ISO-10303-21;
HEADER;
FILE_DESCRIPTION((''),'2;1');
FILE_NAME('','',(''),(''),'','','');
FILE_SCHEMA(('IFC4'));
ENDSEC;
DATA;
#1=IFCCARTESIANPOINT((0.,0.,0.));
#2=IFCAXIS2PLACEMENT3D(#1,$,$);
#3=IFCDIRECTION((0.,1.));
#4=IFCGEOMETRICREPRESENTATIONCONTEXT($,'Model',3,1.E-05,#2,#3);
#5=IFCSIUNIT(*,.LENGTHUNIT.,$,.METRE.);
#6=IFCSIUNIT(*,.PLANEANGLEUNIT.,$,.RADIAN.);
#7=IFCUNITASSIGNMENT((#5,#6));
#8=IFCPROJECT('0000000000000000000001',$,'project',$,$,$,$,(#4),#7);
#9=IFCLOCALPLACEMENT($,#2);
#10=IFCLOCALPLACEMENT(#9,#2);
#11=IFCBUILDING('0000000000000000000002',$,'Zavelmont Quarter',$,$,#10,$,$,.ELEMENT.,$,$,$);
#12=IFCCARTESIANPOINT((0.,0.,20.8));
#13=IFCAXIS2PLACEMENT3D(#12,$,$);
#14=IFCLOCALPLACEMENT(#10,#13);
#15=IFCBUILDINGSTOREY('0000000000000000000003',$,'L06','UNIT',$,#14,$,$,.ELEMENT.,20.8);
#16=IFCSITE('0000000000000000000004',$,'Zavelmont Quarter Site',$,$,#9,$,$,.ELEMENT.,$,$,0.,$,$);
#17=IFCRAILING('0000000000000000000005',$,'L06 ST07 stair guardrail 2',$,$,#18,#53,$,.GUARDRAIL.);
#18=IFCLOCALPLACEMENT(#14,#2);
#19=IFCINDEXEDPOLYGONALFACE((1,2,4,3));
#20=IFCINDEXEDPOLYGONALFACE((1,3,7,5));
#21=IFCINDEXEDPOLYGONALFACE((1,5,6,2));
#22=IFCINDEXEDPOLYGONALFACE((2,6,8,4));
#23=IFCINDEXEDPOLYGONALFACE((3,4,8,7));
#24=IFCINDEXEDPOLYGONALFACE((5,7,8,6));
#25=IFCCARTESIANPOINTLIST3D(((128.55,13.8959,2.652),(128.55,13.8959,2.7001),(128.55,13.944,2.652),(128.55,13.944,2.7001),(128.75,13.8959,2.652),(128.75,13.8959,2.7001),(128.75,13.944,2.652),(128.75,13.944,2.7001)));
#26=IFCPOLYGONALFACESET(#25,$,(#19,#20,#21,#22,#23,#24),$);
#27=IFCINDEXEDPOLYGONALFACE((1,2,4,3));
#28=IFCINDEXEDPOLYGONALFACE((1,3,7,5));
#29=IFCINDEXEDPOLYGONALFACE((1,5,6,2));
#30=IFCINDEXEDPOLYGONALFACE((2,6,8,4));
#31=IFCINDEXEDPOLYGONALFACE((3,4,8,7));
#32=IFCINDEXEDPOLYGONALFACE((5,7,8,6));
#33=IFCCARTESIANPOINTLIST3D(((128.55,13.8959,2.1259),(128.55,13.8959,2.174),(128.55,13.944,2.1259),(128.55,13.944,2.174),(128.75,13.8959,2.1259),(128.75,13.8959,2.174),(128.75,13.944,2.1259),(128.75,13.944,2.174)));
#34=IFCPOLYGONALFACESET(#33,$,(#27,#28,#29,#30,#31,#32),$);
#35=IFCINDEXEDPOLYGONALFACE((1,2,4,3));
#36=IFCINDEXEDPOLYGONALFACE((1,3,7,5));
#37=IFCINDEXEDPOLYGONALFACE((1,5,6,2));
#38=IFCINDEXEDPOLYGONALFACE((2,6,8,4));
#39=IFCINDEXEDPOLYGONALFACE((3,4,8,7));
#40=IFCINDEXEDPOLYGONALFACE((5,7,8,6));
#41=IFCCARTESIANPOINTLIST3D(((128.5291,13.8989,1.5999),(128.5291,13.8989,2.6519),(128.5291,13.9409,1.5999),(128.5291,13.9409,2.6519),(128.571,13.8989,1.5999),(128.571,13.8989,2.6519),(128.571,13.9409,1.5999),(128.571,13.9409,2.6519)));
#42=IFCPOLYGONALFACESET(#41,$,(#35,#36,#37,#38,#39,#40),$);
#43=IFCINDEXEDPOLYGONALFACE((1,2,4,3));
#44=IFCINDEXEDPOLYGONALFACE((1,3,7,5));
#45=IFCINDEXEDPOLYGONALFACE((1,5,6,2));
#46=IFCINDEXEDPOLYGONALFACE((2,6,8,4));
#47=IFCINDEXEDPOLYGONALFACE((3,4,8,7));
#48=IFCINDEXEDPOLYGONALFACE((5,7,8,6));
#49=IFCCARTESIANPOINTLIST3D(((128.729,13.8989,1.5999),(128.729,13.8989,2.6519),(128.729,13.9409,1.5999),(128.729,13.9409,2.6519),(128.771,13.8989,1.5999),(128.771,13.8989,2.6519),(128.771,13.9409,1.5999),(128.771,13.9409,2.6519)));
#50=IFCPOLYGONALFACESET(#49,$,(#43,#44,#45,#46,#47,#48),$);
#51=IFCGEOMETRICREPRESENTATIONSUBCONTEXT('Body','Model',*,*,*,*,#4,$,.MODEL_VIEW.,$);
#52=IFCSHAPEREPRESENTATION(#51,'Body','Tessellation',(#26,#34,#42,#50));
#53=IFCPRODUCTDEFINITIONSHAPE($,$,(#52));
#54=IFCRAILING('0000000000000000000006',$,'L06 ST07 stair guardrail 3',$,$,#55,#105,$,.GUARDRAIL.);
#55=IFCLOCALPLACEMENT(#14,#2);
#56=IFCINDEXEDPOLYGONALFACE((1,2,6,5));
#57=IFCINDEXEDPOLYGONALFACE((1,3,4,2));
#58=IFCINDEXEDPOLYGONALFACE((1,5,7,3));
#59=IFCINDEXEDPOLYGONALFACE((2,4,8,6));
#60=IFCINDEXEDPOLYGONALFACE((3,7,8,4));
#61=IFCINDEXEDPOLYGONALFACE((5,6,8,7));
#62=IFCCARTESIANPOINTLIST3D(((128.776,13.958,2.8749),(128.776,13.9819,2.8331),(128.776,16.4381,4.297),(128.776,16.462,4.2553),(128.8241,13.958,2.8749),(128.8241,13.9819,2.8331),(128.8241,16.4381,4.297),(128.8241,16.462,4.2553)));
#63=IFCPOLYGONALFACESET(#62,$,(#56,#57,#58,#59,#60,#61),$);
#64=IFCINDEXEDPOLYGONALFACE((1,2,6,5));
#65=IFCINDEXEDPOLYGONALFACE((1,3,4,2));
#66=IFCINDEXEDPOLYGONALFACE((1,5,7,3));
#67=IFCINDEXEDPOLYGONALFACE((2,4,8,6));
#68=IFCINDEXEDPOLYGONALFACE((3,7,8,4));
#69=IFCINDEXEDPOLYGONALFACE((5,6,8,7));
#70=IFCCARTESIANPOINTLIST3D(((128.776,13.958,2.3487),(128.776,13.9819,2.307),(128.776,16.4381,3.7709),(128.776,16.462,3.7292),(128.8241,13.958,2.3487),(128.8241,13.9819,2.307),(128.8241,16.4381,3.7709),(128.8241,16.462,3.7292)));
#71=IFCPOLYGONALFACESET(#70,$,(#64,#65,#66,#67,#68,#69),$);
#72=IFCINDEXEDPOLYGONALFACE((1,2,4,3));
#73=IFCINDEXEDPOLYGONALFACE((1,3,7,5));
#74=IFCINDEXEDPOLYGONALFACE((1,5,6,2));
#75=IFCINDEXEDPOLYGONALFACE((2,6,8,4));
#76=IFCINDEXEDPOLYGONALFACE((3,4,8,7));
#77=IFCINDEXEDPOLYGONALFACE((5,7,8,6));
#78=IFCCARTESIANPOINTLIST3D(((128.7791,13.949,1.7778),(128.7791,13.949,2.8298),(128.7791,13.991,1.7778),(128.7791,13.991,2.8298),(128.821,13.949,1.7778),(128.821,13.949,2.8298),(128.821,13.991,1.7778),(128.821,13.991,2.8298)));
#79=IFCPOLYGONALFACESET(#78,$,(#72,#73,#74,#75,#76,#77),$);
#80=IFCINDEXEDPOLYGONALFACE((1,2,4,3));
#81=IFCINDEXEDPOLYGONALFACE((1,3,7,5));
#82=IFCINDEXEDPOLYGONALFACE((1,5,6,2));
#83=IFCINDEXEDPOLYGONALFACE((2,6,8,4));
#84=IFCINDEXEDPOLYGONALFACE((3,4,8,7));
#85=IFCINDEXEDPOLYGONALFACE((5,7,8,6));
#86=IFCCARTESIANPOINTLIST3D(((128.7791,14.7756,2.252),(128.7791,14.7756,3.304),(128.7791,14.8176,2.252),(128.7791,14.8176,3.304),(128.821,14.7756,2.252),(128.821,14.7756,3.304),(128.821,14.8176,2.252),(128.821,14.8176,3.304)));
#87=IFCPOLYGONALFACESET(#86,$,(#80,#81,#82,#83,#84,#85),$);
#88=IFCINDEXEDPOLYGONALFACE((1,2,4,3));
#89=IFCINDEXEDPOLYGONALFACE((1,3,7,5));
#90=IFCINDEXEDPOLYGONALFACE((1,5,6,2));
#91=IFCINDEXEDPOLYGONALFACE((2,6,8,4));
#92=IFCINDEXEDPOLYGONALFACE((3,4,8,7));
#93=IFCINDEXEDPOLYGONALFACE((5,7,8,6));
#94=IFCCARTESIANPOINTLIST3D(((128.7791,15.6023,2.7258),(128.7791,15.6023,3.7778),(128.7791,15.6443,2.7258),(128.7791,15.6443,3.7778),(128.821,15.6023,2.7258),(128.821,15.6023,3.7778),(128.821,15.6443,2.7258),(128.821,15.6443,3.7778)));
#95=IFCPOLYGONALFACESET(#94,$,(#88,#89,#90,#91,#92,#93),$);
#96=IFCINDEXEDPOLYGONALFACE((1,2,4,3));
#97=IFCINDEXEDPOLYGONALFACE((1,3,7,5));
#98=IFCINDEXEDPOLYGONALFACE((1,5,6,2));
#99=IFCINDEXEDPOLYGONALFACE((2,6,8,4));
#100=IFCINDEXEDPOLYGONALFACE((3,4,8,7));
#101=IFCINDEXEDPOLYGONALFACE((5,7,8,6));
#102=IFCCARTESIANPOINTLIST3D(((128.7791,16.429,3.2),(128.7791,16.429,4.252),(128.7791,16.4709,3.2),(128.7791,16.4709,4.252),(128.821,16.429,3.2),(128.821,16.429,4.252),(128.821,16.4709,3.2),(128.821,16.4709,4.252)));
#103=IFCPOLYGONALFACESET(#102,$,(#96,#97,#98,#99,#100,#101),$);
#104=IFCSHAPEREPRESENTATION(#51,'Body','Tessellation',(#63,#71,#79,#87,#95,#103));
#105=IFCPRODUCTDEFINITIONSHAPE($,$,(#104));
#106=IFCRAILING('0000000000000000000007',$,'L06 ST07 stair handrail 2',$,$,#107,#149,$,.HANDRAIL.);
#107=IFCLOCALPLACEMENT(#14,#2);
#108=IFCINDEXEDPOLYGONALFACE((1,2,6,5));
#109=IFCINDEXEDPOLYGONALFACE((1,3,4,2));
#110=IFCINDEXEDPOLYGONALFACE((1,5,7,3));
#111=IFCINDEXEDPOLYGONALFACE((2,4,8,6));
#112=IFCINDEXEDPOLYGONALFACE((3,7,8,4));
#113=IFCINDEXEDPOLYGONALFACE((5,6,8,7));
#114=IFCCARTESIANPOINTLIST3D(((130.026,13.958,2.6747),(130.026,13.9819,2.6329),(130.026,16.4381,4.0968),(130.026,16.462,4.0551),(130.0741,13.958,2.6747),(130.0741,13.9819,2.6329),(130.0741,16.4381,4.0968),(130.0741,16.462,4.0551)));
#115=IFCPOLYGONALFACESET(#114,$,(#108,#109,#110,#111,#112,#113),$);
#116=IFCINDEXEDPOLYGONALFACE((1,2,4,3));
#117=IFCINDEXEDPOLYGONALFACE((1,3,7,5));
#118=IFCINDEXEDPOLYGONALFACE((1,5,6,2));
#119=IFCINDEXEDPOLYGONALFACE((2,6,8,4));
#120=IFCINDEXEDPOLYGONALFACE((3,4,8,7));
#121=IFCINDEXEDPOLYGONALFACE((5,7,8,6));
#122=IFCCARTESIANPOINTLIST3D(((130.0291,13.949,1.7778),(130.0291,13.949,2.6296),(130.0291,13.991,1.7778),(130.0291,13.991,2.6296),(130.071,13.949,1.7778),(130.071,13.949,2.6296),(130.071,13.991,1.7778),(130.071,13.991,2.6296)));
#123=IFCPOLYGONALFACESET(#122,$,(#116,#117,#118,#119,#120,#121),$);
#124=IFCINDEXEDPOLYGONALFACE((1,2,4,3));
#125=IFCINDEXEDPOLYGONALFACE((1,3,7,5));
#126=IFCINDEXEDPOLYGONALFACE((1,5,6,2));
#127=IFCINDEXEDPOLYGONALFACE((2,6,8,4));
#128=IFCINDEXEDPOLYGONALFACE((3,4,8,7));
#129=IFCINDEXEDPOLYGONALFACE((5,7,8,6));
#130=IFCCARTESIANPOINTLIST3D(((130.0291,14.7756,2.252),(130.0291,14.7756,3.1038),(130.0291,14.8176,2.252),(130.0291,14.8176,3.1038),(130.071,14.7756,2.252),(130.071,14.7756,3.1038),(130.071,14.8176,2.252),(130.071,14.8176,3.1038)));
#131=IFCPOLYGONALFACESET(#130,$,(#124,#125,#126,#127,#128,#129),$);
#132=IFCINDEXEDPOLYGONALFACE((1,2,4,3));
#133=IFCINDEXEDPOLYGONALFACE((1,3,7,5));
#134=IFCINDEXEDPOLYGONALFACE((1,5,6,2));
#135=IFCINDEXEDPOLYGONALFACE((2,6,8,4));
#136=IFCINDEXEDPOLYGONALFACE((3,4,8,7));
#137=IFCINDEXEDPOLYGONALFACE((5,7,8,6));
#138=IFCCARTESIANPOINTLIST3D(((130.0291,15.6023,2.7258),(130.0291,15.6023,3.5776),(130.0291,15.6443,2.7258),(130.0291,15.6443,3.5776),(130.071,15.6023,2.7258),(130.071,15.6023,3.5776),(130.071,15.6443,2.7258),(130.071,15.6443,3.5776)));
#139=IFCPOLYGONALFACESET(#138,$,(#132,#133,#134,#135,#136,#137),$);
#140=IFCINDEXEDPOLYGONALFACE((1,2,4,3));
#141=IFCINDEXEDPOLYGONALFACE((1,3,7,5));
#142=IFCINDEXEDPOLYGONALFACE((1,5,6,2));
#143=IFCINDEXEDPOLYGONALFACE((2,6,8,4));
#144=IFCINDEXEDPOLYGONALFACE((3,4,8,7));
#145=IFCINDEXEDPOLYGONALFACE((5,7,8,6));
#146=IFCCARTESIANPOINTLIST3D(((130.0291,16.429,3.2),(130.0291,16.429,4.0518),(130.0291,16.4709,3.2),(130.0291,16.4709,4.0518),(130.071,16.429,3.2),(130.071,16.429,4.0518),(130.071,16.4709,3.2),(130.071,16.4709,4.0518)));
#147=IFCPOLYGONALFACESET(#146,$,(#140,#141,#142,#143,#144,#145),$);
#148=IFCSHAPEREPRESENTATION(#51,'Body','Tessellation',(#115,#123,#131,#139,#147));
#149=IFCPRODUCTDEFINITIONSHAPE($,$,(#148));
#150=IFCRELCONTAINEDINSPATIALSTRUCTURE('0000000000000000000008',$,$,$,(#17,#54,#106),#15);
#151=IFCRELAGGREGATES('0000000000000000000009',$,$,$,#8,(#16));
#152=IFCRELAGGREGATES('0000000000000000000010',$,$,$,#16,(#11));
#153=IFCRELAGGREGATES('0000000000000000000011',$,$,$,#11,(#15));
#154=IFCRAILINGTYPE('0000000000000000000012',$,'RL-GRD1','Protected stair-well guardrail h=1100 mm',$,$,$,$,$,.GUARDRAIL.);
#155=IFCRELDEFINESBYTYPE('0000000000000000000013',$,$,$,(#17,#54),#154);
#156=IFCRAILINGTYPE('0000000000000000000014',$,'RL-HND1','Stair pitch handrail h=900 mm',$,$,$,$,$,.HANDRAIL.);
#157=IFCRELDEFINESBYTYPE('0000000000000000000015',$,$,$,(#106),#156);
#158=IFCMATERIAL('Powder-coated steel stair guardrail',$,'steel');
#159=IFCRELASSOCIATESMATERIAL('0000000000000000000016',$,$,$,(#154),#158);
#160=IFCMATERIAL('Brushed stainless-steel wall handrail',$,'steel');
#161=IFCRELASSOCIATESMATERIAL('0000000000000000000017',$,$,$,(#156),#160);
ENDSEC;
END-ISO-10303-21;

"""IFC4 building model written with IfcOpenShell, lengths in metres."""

from ifc_helpers import new_model, si_unit, direction, frame, origin, origin_2d, place, context, subcontext, project, spatial, rectangle, extrude, material, type_object, element, save


model = new_model("IFC4")

# Units and contexts
model_context = context("Model", 3, precision=1e-05, world=origin(), true_north=direction((0.0, 1.0)))
body_context = subcontext(model_context, "Body", "Model", "MODEL_VIEW")
ifc_project = project(units=[si_unit("LENGTHUNIT", "METRE"), si_unit("PLANEANGLEUNIT", "RADIAN")], contexts=[model_context])

# Site, building, storey
site_placement = place(None, origin())
site = spatial("IfcSite", under=ifc_project, at=site_placement, Name="Zavelmont Quarter Site", CompositionType="ELEMENT", RefElevation=0.0)
building_placement = place(site_placement, origin())
building = spatial("IfcBuilding", under=site, at=building_placement, Name="Zavelmont Quarter", CompositionType="ELEMENT")
storey_placement = place(building_placement, frame((0.0, 0.0, 20.8)))
storey = spatial("IfcBuildingStorey", under=building, at=storey_placement, Name="L06", Description="UNIT", CompositionType="ELEMENT", Elevation=20.8)

# Railings
ifc_material_1 = material(Name="Powder-coated steel stair guardrail", Category="steel")
railing_type_1 = type_object("IfcRailingType", Name="RL-GRD1", Description="Protected stair-well guardrail h=1100 mm", PredefinedType="GUARDRAIL", material=ifc_material_1)
railing_1_placement = place(storey_placement, frame((128.55, 13.9199, 1.5999)))
element("IfcRailing", 1, at=railing_1_placement, inside=storey, type_object=railing_type_1, Name="L06 ST07 stair guardrail 2", PredefinedType="GUARDRAIL", context=body_context, shape_type="SweptSolid", body=[
    extrude(rectangle(XDim=0.0481, YDim=0.0481, at=origin_2d()), frame((0.0, 0.0, 1.0762), z_axis=(1.0, 0.0, 0.0), x_axis=(0.0, 1.0, 0.0)), (0.0, 0.0, 1.0), 0.2),
    extrude(rectangle(XDim=0.0481, YDim=0.0481, at=origin_2d()), frame((0.0, 0.0, 0.55), z_axis=(1.0, 0.0, 0.0), x_axis=(0.0, 1.0, 0.0)), (0.0, 0.0, 1.0), 0.2),
    extrude(rectangle(XDim=0.042, YDim=0.042, at=origin_2d()), origin(), (0.0, 0.0, 1.0), 1.052),
    extrude(rectangle(XDim=0.042, YDim=0.042, at=origin_2d()), frame((0.2, 0.0, 0.0)), (0.0, 0.0, 1.0), 1.052),
])
railing_2_placement = place(storey_placement, frame((128.8, 13.97, 1.7778)))
element("IfcRailing", 2, at=railing_2_placement, inside=storey, type_object=railing_type_1, Name="L06 ST07 stair guardrail 3", PredefinedType="GUARDRAIL", context=body_context, shape_type="SweptSolid", body=[
    extrude(rectangle(XDim=0.0481, YDim=0.0481, at=origin_2d()), frame((0.0, 0.0, 1.0762), z_axis=(0.0, 0.867491, 0.497454), x_axis=(-1.0, 0.0, 0.0)), (0.0, 0.0, 1.0), 2.8589),
    extrude(rectangle(XDim=0.0481, YDim=0.0481, at=origin_2d()), frame((0.0, 0.0, 0.55), z_axis=(0.0, 0.867491, 0.497454), x_axis=(-1.0, 0.0, 0.0)), (0.0, 0.0, 1.0), 2.8589),
    extrude(rectangle(XDim=0.042, YDim=0.042, at=origin_2d()), origin(), (0.0, 0.0, 1.0), 1.052),
    extrude(rectangle(XDim=0.042, YDim=0.042, at=origin_2d()), frame((0.0, 0.8267, 0.4741)), (0.0, 0.0, 1.0), 1.052),
    extrude(rectangle(XDim=0.042, YDim=0.042, at=origin_2d()), frame((0.0, 1.6533, 0.948)), (0.0, 0.0, 1.0), 1.052),
    extrude(rectangle(XDim=0.042, YDim=0.042, at=origin_2d()), frame((0.0, 2.48, 1.4221)), (0.0, 0.0, 1.0), 1.052),
])
ifc_material_2 = material(Name="Brushed stainless-steel wall handrail", Category="steel")
railing_type_2 = type_object("IfcRailingType", Name="RL-HND1", Description="Stair pitch handrail h=900 mm", PredefinedType="HANDRAIL", material=ifc_material_2)
railing_3_placement = place(storey_placement, frame((130.05, 13.97, 1.7778)))
element("IfcRailing", 3, at=railing_3_placement, inside=storey, type_object=railing_type_2, Name="L06 ST07 stair handrail 2", PredefinedType="HANDRAIL", context=body_context, shape_type="SweptSolid", body=[
    extrude(rectangle(XDim=0.0481, YDim=0.0481, at=origin_2d()), frame((0.0, 0.0, 0.876), z_axis=(0.0, 0.867491, 0.497454), x_axis=(-1.0, 0.0, 0.0)), (0.0, 0.0, 1.0), 2.8589),
    extrude(rectangle(XDim=0.042, YDim=0.042, at=origin_2d()), origin(), (0.0, 0.0, 1.0), 0.8518),
    extrude(rectangle(XDim=0.042, YDim=0.042, at=origin_2d()), frame((0.0, 0.8267, 0.4741)), (0.0, 0.0, 1.0), 0.8518),
    extrude(rectangle(XDim=0.042, YDim=0.042, at=origin_2d()), frame((0.0, 1.6533, 0.948)), (0.0, 0.0, 1.0), 0.8518),
    extrude(rectangle(XDim=0.042, YDim=0.042, at=origin_2d()), frame((0.0, 2.48, 1.4221)), (0.0, 0.0, 1.0), 0.8518),
])

save(model, "model.ifc")
